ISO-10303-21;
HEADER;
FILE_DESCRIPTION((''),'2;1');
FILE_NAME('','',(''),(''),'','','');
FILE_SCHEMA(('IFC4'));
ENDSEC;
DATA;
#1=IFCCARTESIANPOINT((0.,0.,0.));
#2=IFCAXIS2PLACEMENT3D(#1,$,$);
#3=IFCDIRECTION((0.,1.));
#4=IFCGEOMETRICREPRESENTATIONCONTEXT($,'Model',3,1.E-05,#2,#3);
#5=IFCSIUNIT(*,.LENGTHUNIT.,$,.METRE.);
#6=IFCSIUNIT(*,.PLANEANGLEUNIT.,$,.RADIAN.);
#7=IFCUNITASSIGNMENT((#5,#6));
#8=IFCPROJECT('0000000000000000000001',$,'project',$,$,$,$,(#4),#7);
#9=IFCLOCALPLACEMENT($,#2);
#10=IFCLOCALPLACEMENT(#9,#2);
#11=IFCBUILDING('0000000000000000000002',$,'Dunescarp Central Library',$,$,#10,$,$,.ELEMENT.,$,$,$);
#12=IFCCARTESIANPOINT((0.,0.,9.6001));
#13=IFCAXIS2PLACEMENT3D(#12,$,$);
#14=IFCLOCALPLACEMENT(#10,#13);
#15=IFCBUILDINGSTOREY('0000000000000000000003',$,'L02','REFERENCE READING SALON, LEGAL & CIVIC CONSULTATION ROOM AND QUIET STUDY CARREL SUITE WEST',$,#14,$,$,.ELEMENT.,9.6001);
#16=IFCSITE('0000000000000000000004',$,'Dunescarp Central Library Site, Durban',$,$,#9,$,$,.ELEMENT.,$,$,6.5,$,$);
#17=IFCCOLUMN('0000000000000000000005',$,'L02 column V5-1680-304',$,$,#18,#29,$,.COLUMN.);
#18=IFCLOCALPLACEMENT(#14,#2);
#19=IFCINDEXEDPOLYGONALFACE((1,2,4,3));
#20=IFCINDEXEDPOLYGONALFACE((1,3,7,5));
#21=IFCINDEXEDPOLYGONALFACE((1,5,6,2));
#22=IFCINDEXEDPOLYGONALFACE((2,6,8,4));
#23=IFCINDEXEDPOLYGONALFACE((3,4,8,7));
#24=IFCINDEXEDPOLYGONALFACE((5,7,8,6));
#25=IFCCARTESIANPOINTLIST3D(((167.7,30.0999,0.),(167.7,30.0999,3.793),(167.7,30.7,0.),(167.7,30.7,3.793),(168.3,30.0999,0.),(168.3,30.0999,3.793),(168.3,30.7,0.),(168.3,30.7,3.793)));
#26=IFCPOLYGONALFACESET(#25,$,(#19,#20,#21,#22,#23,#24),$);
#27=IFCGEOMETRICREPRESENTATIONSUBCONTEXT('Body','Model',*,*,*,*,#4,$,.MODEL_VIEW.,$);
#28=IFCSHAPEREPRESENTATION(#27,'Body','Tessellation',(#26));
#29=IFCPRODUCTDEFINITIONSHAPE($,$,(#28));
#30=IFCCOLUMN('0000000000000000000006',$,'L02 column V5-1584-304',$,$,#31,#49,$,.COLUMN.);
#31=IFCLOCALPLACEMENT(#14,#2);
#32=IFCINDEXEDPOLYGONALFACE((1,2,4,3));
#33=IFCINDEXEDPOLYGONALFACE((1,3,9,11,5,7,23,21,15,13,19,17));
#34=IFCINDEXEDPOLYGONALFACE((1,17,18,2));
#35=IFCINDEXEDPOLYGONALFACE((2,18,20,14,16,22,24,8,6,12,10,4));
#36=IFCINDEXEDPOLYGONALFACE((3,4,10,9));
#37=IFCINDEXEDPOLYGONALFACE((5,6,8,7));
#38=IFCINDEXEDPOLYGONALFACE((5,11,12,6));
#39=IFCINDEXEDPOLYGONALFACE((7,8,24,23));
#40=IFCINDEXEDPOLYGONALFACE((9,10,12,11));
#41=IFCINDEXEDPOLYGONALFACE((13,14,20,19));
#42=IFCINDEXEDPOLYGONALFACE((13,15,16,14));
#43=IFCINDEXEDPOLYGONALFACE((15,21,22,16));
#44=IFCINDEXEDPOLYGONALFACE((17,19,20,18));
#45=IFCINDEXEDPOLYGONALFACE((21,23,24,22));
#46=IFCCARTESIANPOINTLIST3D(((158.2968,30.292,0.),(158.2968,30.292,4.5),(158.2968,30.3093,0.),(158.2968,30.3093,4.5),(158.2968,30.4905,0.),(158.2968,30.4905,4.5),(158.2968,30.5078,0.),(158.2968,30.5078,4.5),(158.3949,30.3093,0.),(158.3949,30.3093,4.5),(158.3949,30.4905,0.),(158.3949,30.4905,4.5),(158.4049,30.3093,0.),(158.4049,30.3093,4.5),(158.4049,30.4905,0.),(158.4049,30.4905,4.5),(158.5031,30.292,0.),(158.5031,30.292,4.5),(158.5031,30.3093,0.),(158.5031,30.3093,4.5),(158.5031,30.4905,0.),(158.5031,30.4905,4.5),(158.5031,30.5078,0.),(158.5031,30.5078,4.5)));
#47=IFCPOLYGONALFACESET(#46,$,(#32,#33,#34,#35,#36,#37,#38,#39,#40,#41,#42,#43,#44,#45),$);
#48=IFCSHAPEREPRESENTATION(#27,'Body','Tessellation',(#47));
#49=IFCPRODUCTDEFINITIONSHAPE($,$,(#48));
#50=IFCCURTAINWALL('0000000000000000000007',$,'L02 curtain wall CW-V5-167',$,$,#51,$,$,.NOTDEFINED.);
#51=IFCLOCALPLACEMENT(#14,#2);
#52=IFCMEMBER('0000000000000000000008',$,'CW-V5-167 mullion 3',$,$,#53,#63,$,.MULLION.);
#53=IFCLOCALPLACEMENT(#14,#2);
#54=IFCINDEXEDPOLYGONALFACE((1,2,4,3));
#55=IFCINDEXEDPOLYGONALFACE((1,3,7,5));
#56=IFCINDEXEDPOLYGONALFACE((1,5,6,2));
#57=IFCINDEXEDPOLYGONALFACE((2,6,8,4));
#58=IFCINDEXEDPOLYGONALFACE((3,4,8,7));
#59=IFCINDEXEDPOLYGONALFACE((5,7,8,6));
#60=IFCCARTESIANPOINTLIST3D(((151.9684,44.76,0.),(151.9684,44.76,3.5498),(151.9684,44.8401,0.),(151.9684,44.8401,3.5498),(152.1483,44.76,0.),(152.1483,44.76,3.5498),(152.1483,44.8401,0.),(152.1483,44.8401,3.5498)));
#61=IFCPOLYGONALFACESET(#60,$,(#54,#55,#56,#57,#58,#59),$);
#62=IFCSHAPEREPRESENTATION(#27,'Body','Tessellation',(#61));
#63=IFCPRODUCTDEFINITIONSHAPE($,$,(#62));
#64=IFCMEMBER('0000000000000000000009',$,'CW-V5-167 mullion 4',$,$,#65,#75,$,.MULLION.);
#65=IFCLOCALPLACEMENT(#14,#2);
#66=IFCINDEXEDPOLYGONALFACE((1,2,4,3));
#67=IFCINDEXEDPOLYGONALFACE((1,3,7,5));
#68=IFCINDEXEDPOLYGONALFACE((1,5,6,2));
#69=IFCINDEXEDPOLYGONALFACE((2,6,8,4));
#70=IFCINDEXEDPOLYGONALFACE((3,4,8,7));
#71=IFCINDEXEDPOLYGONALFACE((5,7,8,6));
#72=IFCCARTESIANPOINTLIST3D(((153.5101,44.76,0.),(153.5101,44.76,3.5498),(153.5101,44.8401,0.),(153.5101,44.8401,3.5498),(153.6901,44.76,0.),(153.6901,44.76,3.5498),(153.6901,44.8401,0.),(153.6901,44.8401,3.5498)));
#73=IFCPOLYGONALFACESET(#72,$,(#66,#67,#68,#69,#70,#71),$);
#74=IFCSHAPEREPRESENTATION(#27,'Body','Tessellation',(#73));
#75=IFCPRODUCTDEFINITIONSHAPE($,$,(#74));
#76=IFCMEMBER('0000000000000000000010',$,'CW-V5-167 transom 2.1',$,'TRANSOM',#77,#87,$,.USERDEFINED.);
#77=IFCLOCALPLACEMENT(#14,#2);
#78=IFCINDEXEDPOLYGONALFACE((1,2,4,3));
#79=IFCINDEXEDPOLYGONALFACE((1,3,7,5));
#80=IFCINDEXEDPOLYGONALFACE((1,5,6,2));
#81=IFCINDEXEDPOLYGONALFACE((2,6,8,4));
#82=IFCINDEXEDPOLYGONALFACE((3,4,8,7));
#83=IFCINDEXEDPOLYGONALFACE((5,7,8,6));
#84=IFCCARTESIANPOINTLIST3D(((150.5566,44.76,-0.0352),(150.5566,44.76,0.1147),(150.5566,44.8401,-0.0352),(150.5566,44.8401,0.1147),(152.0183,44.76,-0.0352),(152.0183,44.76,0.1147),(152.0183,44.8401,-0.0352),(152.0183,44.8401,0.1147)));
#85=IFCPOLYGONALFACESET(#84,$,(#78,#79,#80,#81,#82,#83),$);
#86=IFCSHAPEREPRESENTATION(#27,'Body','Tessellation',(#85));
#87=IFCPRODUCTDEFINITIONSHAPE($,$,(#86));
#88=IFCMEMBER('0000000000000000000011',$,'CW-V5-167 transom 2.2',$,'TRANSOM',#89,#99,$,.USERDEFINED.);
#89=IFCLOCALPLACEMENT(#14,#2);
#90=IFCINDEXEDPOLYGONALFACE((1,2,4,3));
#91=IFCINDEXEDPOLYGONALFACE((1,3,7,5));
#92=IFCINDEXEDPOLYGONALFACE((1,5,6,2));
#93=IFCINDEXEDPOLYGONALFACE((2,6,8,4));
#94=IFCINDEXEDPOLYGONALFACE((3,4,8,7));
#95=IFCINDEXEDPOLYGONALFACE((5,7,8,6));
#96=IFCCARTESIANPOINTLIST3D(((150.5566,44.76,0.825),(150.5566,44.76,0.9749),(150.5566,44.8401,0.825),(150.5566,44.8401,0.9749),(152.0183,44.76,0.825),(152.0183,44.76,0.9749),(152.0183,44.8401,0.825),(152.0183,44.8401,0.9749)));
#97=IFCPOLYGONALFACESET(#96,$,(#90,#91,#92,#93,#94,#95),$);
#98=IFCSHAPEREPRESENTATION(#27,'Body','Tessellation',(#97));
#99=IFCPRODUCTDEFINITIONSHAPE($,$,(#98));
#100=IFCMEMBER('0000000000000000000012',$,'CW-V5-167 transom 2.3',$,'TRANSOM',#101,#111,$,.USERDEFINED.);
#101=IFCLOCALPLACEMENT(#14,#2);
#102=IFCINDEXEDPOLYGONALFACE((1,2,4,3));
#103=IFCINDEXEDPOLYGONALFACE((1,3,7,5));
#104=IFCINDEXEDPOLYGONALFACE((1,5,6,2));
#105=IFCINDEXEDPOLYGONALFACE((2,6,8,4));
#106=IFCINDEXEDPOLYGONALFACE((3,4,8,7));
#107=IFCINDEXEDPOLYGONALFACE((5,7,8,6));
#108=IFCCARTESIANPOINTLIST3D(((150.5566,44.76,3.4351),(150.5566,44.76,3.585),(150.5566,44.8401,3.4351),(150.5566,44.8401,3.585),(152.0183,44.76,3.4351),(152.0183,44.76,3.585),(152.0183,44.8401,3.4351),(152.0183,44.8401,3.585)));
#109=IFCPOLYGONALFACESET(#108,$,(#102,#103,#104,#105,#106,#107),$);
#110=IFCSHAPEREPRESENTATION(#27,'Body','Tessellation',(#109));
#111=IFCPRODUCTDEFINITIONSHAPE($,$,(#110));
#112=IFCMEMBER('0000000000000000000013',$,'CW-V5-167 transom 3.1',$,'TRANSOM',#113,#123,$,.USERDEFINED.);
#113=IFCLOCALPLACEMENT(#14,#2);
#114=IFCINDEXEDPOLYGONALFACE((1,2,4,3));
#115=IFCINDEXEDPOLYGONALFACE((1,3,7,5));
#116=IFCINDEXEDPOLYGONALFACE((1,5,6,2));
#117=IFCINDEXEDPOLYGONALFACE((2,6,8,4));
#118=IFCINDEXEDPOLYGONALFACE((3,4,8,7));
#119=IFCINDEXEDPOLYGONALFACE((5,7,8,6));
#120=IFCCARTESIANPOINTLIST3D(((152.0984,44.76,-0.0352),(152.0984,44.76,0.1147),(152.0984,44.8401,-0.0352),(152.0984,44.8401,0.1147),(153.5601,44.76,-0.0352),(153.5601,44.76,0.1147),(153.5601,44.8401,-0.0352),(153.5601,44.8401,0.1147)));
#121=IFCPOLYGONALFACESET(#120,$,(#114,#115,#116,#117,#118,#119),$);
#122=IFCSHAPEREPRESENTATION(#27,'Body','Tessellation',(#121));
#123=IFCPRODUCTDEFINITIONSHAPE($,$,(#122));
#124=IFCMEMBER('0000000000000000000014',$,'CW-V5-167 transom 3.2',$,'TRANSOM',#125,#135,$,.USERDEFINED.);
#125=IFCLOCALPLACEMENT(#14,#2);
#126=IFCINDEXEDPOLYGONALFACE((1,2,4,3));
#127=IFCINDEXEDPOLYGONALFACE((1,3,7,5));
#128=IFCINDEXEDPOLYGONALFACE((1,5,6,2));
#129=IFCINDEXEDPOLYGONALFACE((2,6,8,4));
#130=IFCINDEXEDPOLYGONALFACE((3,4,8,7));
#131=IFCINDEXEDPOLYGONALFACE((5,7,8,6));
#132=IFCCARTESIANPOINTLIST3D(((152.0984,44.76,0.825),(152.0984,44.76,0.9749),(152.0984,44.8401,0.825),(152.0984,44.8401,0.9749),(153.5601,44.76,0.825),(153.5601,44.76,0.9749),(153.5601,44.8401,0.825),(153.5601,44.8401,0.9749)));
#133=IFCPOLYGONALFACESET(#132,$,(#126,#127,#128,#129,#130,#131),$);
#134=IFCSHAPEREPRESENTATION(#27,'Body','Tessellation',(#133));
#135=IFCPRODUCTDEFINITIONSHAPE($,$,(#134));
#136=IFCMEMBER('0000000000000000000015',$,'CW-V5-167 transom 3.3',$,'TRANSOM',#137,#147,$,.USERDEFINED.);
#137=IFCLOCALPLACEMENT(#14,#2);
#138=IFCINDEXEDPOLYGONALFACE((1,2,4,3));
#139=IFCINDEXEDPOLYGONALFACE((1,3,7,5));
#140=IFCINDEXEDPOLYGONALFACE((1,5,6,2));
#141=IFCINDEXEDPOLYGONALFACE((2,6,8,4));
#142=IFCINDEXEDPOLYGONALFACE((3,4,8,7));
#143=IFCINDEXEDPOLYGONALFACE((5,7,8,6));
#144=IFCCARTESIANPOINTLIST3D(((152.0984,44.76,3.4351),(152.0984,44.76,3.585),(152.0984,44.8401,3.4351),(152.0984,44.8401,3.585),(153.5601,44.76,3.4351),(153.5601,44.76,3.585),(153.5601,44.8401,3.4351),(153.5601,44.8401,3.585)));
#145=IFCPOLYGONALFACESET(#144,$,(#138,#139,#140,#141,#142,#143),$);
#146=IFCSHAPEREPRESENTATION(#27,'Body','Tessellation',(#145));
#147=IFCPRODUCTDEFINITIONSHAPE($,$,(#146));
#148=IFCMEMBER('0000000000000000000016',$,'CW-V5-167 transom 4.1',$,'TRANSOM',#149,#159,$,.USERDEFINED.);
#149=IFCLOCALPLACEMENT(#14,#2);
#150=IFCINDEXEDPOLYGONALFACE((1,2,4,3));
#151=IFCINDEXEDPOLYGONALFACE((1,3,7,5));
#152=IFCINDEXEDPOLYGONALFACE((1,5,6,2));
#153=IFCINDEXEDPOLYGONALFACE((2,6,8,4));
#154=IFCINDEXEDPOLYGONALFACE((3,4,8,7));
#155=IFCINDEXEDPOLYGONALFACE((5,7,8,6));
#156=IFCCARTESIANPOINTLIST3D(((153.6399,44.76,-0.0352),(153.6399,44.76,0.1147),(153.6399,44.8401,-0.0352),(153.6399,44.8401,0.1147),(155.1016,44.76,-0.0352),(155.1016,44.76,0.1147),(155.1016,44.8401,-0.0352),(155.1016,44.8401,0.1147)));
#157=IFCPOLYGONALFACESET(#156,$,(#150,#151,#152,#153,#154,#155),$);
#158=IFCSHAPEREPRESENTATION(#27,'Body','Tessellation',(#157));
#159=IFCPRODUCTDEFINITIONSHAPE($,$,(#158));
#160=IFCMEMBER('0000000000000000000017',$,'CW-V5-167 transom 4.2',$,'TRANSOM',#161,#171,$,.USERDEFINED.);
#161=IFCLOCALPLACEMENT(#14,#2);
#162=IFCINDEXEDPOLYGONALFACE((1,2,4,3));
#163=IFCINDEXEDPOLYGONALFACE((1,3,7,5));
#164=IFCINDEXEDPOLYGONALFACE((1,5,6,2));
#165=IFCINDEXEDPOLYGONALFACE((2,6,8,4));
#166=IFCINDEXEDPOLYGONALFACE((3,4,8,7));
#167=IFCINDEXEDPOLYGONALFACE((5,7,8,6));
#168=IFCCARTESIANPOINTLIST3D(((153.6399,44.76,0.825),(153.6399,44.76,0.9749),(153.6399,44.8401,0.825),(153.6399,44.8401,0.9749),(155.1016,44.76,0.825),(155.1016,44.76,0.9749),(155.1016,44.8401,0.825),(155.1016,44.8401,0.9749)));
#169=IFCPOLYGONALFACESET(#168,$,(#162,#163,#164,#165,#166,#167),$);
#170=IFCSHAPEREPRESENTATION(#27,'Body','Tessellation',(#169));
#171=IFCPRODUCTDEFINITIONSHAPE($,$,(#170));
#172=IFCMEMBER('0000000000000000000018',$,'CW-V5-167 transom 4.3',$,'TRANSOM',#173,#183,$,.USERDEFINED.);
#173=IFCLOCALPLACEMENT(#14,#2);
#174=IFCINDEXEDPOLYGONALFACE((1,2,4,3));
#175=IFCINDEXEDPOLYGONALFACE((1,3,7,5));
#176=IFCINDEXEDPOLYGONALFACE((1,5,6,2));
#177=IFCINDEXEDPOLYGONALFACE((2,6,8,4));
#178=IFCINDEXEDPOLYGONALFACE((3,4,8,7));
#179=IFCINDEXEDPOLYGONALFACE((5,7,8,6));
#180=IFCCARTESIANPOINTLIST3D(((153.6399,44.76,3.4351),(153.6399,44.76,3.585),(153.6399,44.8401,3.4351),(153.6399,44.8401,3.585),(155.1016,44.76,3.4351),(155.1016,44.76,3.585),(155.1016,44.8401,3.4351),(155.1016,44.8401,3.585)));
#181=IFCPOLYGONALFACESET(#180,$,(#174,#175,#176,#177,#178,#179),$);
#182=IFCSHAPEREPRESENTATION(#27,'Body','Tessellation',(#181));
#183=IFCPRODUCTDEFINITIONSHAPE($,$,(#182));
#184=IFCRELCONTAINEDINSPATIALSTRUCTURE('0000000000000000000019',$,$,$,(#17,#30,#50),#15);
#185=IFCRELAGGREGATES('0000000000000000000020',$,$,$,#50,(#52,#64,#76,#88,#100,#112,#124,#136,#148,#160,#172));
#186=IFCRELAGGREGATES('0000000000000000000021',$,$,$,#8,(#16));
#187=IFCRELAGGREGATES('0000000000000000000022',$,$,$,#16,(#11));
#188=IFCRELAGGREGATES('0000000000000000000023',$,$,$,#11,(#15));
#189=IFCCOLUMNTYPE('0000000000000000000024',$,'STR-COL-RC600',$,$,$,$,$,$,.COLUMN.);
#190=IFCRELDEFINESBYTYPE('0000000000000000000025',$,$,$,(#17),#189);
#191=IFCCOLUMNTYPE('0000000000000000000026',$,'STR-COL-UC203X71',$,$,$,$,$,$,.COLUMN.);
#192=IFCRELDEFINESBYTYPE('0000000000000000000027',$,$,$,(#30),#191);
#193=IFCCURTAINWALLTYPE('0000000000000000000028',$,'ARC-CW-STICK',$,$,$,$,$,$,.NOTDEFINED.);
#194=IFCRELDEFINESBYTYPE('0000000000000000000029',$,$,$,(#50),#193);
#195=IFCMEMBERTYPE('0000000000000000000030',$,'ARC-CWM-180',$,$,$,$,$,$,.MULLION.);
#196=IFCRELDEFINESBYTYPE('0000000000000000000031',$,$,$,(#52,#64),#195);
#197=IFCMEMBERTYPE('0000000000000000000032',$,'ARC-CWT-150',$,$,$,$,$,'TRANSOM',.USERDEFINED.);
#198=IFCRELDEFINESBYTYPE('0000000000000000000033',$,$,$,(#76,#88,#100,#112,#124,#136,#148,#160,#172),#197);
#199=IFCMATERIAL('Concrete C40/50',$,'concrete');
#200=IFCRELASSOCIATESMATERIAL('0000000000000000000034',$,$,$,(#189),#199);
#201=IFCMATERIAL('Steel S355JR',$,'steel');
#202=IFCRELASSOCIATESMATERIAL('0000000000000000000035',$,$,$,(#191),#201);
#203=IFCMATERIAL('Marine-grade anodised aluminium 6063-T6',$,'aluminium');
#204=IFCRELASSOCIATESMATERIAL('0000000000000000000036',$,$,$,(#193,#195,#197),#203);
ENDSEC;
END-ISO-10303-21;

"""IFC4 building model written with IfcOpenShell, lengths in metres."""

from ifc_helpers import new_model, si_unit, direction, frame, origin, origin_2d, place, context, subcontext, project, spatial, rectangle, i_section, extrude, material, material_profile, profile_set, type_object, element, aggregate, save


model = new_model("IFC4")

# Units and contexts
model_context = context("Model", 3, precision=1e-05, world=origin(), true_north=direction((0.0, 1.0)))
body_context = subcontext(model_context, "Body", "Model", "MODEL_VIEW")
ifc_project = project(units=[si_unit("LENGTHUNIT", "METRE"), si_unit("PLANEANGLEUNIT", "RADIAN")], contexts=[model_context])

# Site, building, storey
site_placement = place(None, origin())
site = spatial("IfcSite", under=ifc_project, at=site_placement, Name="Dunescarp Central Library Site, Durban", CompositionType="ELEMENT", RefElevation=6.5)
building_placement = place(site_placement, origin())
building = spatial("IfcBuilding", under=site, at=building_placement, Name="Dunescarp Central Library", CompositionType="ELEMENT")
storey_placement = place(building_placement, frame((0.0, 0.0, 9.6001)))
storey = spatial("IfcBuildingStorey", under=building, at=storey_placement, Name="L02", Description="REFERENCE READING SALON, LEGAL & CIVIC CONSULTATION ROOM AND QUIET STUDY CARREL SUITE WEST", CompositionType="ELEMENT", Elevation=9.6001)

# Columns
ifc_material_1 = material(Name="Concrete C40/50", Category="concrete")
ifc_material_profile_1 = material_profile(ifc_material_1, rectangle(XDim=0.6001, YDim=0.6001, at=origin_2d()), Name="RC 600x600")
ifc_profile_set_1 = profile_set([ifc_material_profile_1], Name="Concrete C40/50")
column_type_1 = type_object("IfcColumnType", Name="STR-COL-RC600", PredefinedType="COLUMN", material=ifc_profile_set_1)
column_1_placement = place(storey_placement, frame((168.0, 30.3999, 0.0), z_axis=(0.0, 0.0, 1.0), x_axis=(1.0, 0.0, 0.0)))
element("IfcColumn", 1, at=column_1_placement, inside=storey, type_object=column_type_1, Name="L02 column V5-1680-304", PredefinedType="COLUMN", context=body_context, shape_type="SweptSolid", body=[
    extrude(rectangle(XDim=0.6001, YDim=0.6001, at=origin_2d()), origin(), (0.0, 0.0, 1.0), 3.793),
])
ifc_material_2 = material(Name="Steel S355JR", Category="steel")
ifc_material_profile_2 = material_profile(ifc_material_2, i_section(OverallWidth=0.2063, OverallDepth=0.2158, WebThickness=0.01, FlangeThickness=0.0173, at=origin_2d()), Name="UC 203x203x71")
ifc_profile_set_2 = profile_set([ifc_material_profile_2], Name="Steel S355JR")
column_type_2 = type_object("IfcColumnType", Name="STR-COL-UC203X71", PredefinedType="COLUMN", material=ifc_profile_set_2)
column_2_placement = place(storey_placement, frame((158.3999, 30.3999, 0.0), z_axis=(0.0, 0.0, 1.0), x_axis=(1.0, 0.0, 0.0)))
element("IfcColumn", 2, at=column_2_placement, inside=storey, type_object=column_type_2, Name="L02 column V5-1584-304", PredefinedType="COLUMN", context=body_context, shape_type="SweptSolid", body=[
    extrude(i_section(OverallWidth=0.2063, OverallDepth=0.2158, WebThickness=0.01, FlangeThickness=0.0173, at=origin_2d()), origin(), (0.0, 0.0, 1.0), 4.5),
])

# Curtain wall, members
ifc_material_3 = material(Name="Marine-grade anodised aluminium 6063-T6", Category="aluminium")
curtain_wall_type = type_object("IfcCurtainWallType", Name="ARC-CW-STICK", PredefinedType="NOTDEFINED", material=ifc_material_3)
curtain_wall_placement = place(storey_placement, origin())
curtain_wall = element("IfcCurtainWall", 3, at=curtain_wall_placement, inside=storey, type_object=curtain_wall_type, Name="L02 curtain wall CW-V5-167", PredefinedType="NOTDEFINED")
ifc_material_profile_3 = material_profile(ifc_material_3, rectangle(XDim=0.0801, YDim=0.1799, at=origin_2d()), Name="AL 80x180")
ifc_profile_set_3 = profile_set([ifc_material_profile_3], Name="Marine-grade anodised aluminium 6063-T6")
member_type_1 = type_object("IfcMemberType", Name="ARC-CWM-180", PredefinedType="MULLION", material=ifc_profile_set_3)
member_1_placement = place(storey_placement, frame((152.0583, 44.8, 0.0), z_axis=(0.0, 0.0, 1.0), x_axis=(0.0, 1.0, 0.0)))
member_1 = element("IfcMember", 4, at=member_1_placement, type_object=member_type_1, Name="CW-V5-167 mullion 3", PredefinedType="MULLION", context=body_context, shape_type="SweptSolid", body=[
    extrude(rectangle(XDim=0.0801, YDim=0.1799, at=origin_2d()), origin(), (0.0, 0.0, 1.0), 3.5498),
])
member_2_placement = place(storey_placement, frame((153.6001, 44.8, 0.0), z_axis=(0.0, 0.0, 1.0), x_axis=(0.0, 1.0, 0.0)))
member_2 = element("IfcMember", 5, at=member_2_placement, type_object=member_type_1, Name="CW-V5-167 mullion 4", PredefinedType="MULLION", context=body_context, shape_type="SweptSolid", body=[
    extrude(rectangle(XDim=0.0801, YDim=0.1799, at=origin_2d()), origin(), (0.0, 0.0, 1.0), 3.5498),
])
ifc_material_profile_4 = material_profile(ifc_material_3, rectangle(XDim=0.0801, YDim=0.1499, at=origin_2d()), Name="AL 80x150")
ifc_profile_set_4 = profile_set([ifc_material_profile_4], Name="Marine-grade anodised aluminium 6063-T6")
member_type_2 = type_object("IfcMemberType", Name="ARC-CWT-150", ElementType="TRANSOM", PredefinedType="USERDEFINED", material=ifc_profile_set_4)
member_3_placement = place(storey_placement, frame((150.5566, 44.8, 0.0398), z_axis=(1.0, 0.0, 0.0), x_axis=(0.0, 1.0, 0.0)))
member_3 = element("IfcMember", 6, at=member_3_placement, type_object=member_type_2, Name="CW-V5-167 transom 2.1", ObjectType="TRANSOM", PredefinedType="USERDEFINED", context=body_context, shape_type="SweptSolid", body=[
    extrude(rectangle(XDim=0.0801, YDim=0.1499, at=origin_2d()), origin(), (0.0, 0.0, 1.0), 1.4617),
])
member_4_placement = place(storey_placement, frame((150.5566, 44.8, 0.8999), z_axis=(1.0, 0.0, 0.0), x_axis=(0.0, 1.0, 0.0)))
member_4 = element("IfcMember", 7, at=member_4_placement, type_object=member_type_2, Name="CW-V5-167 transom 2.2", ObjectType="TRANSOM", PredefinedType="USERDEFINED", context=body_context, shape_type="SweptSolid", body=[
    extrude(rectangle(XDim=0.0801, YDim=0.1499, at=origin_2d()), origin(), (0.0, 0.0, 1.0), 1.4617),
])
member_5_placement = place(storey_placement, frame((150.5566, 44.8, 3.51), z_axis=(1.0, 0.0, 0.0), x_axis=(0.0, 1.0, 0.0)))
member_5 = element("IfcMember", 8, at=member_5_placement, type_object=member_type_2, Name="CW-V5-167 transom 2.3", ObjectType="TRANSOM", PredefinedType="USERDEFINED", context=body_context, shape_type="SweptSolid", body=[
    extrude(rectangle(XDim=0.0801, YDim=0.1499, at=origin_2d()), origin(), (0.0, 0.0, 1.0), 1.4617),
])
member_6_placement = place(storey_placement, frame((152.0984, 44.8, 0.0398), z_axis=(1.0, 0.0, 0.0), x_axis=(0.0, 1.0, 0.0)))
member_6 = element("IfcMember", 9, at=member_6_placement, type_object=member_type_2, Name="CW-V5-167 transom 3.1", ObjectType="TRANSOM", PredefinedType="USERDEFINED", context=body_context, shape_type="SweptSolid", body=[
    extrude(rectangle(XDim=0.0801, YDim=0.1499, at=origin_2d()), origin(), (0.0, 0.0, 1.0), 1.4617),
])
member_7_placement = place(storey_placement, frame((152.0984, 44.8, 0.8999), z_axis=(1.0, 0.0, 0.0), x_axis=(0.0, 1.0, 0.0)))
member_7 = element("IfcMember", 10, at=member_7_placement, type_object=member_type_2, Name="CW-V5-167 transom 3.2", ObjectType="TRANSOM", PredefinedType="USERDEFINED", context=body_context, shape_type="SweptSolid", body=[
    extrude(rectangle(XDim=0.0801, YDim=0.1499, at=origin_2d()), origin(), (0.0, 0.0, 1.0), 1.4617),
])
member_8_placement = place(storey_placement, frame((152.0984, 44.8, 3.51), z_axis=(1.0, 0.0, 0.0), x_axis=(0.0, 1.0, 0.0)))
member_8 = element("IfcMember", 11, at=member_8_placement, type_object=member_type_2, Name="CW-V5-167 transom 3.3", ObjectType="TRANSOM", PredefinedType="USERDEFINED", context=body_context, shape_type="SweptSolid", body=[
    extrude(rectangle(XDim=0.0801, YDim=0.1499, at=origin_2d()), origin(), (0.0, 0.0, 1.0), 1.4617),
])
member_9_placement = place(storey_placement, frame((153.6399, 44.8, 0.0398), z_axis=(1.0, 0.0, 0.0), x_axis=(0.0, 1.0, 0.0)))
member_9 = element("IfcMember", 12, at=member_9_placement, type_object=member_type_2, Name="CW-V5-167 transom 4.1", ObjectType="TRANSOM", PredefinedType="USERDEFINED", context=body_context, shape_type="SweptSolid", body=[
    extrude(rectangle(XDim=0.0801, YDim=0.1499, at=origin_2d()), origin(), (0.0, 0.0, 1.0), 1.4617),
])
member_10_placement = place(storey_placement, frame((153.6399, 44.8, 0.8999), z_axis=(1.0, 0.0, 0.0), x_axis=(0.0, 1.0, 0.0)))
member_10 = element("IfcMember", 13, at=member_10_placement, type_object=member_type_2, Name="CW-V5-167 transom 4.2", ObjectType="TRANSOM", PredefinedType="USERDEFINED", context=body_context, shape_type="SweptSolid", body=[
    extrude(rectangle(XDim=0.0801, YDim=0.1499, at=origin_2d()), origin(), (0.0, 0.0, 1.0), 1.4617),
])
member_11_placement = place(storey_placement, frame((153.6399, 44.8, 3.51), z_axis=(1.0, 0.0, 0.0), x_axis=(0.0, 1.0, 0.0)))
member_11 = element("IfcMember", 14, at=member_11_placement, type_object=member_type_2, Name="CW-V5-167 transom 4.3", ObjectType="TRANSOM", PredefinedType="USERDEFINED", context=body_context, shape_type="SweptSolid", body=[
    extrude(rectangle(XDim=0.0801, YDim=0.1499, at=origin_2d()), origin(), (0.0, 0.0, 1.0), 1.4617),
])

aggregate(curtain_wall, [member_1, member_2, member_3, member_4, member_5, member_6, member_7, member_8, member_9, member_10, member_11])

save(model, "model.ifc")
